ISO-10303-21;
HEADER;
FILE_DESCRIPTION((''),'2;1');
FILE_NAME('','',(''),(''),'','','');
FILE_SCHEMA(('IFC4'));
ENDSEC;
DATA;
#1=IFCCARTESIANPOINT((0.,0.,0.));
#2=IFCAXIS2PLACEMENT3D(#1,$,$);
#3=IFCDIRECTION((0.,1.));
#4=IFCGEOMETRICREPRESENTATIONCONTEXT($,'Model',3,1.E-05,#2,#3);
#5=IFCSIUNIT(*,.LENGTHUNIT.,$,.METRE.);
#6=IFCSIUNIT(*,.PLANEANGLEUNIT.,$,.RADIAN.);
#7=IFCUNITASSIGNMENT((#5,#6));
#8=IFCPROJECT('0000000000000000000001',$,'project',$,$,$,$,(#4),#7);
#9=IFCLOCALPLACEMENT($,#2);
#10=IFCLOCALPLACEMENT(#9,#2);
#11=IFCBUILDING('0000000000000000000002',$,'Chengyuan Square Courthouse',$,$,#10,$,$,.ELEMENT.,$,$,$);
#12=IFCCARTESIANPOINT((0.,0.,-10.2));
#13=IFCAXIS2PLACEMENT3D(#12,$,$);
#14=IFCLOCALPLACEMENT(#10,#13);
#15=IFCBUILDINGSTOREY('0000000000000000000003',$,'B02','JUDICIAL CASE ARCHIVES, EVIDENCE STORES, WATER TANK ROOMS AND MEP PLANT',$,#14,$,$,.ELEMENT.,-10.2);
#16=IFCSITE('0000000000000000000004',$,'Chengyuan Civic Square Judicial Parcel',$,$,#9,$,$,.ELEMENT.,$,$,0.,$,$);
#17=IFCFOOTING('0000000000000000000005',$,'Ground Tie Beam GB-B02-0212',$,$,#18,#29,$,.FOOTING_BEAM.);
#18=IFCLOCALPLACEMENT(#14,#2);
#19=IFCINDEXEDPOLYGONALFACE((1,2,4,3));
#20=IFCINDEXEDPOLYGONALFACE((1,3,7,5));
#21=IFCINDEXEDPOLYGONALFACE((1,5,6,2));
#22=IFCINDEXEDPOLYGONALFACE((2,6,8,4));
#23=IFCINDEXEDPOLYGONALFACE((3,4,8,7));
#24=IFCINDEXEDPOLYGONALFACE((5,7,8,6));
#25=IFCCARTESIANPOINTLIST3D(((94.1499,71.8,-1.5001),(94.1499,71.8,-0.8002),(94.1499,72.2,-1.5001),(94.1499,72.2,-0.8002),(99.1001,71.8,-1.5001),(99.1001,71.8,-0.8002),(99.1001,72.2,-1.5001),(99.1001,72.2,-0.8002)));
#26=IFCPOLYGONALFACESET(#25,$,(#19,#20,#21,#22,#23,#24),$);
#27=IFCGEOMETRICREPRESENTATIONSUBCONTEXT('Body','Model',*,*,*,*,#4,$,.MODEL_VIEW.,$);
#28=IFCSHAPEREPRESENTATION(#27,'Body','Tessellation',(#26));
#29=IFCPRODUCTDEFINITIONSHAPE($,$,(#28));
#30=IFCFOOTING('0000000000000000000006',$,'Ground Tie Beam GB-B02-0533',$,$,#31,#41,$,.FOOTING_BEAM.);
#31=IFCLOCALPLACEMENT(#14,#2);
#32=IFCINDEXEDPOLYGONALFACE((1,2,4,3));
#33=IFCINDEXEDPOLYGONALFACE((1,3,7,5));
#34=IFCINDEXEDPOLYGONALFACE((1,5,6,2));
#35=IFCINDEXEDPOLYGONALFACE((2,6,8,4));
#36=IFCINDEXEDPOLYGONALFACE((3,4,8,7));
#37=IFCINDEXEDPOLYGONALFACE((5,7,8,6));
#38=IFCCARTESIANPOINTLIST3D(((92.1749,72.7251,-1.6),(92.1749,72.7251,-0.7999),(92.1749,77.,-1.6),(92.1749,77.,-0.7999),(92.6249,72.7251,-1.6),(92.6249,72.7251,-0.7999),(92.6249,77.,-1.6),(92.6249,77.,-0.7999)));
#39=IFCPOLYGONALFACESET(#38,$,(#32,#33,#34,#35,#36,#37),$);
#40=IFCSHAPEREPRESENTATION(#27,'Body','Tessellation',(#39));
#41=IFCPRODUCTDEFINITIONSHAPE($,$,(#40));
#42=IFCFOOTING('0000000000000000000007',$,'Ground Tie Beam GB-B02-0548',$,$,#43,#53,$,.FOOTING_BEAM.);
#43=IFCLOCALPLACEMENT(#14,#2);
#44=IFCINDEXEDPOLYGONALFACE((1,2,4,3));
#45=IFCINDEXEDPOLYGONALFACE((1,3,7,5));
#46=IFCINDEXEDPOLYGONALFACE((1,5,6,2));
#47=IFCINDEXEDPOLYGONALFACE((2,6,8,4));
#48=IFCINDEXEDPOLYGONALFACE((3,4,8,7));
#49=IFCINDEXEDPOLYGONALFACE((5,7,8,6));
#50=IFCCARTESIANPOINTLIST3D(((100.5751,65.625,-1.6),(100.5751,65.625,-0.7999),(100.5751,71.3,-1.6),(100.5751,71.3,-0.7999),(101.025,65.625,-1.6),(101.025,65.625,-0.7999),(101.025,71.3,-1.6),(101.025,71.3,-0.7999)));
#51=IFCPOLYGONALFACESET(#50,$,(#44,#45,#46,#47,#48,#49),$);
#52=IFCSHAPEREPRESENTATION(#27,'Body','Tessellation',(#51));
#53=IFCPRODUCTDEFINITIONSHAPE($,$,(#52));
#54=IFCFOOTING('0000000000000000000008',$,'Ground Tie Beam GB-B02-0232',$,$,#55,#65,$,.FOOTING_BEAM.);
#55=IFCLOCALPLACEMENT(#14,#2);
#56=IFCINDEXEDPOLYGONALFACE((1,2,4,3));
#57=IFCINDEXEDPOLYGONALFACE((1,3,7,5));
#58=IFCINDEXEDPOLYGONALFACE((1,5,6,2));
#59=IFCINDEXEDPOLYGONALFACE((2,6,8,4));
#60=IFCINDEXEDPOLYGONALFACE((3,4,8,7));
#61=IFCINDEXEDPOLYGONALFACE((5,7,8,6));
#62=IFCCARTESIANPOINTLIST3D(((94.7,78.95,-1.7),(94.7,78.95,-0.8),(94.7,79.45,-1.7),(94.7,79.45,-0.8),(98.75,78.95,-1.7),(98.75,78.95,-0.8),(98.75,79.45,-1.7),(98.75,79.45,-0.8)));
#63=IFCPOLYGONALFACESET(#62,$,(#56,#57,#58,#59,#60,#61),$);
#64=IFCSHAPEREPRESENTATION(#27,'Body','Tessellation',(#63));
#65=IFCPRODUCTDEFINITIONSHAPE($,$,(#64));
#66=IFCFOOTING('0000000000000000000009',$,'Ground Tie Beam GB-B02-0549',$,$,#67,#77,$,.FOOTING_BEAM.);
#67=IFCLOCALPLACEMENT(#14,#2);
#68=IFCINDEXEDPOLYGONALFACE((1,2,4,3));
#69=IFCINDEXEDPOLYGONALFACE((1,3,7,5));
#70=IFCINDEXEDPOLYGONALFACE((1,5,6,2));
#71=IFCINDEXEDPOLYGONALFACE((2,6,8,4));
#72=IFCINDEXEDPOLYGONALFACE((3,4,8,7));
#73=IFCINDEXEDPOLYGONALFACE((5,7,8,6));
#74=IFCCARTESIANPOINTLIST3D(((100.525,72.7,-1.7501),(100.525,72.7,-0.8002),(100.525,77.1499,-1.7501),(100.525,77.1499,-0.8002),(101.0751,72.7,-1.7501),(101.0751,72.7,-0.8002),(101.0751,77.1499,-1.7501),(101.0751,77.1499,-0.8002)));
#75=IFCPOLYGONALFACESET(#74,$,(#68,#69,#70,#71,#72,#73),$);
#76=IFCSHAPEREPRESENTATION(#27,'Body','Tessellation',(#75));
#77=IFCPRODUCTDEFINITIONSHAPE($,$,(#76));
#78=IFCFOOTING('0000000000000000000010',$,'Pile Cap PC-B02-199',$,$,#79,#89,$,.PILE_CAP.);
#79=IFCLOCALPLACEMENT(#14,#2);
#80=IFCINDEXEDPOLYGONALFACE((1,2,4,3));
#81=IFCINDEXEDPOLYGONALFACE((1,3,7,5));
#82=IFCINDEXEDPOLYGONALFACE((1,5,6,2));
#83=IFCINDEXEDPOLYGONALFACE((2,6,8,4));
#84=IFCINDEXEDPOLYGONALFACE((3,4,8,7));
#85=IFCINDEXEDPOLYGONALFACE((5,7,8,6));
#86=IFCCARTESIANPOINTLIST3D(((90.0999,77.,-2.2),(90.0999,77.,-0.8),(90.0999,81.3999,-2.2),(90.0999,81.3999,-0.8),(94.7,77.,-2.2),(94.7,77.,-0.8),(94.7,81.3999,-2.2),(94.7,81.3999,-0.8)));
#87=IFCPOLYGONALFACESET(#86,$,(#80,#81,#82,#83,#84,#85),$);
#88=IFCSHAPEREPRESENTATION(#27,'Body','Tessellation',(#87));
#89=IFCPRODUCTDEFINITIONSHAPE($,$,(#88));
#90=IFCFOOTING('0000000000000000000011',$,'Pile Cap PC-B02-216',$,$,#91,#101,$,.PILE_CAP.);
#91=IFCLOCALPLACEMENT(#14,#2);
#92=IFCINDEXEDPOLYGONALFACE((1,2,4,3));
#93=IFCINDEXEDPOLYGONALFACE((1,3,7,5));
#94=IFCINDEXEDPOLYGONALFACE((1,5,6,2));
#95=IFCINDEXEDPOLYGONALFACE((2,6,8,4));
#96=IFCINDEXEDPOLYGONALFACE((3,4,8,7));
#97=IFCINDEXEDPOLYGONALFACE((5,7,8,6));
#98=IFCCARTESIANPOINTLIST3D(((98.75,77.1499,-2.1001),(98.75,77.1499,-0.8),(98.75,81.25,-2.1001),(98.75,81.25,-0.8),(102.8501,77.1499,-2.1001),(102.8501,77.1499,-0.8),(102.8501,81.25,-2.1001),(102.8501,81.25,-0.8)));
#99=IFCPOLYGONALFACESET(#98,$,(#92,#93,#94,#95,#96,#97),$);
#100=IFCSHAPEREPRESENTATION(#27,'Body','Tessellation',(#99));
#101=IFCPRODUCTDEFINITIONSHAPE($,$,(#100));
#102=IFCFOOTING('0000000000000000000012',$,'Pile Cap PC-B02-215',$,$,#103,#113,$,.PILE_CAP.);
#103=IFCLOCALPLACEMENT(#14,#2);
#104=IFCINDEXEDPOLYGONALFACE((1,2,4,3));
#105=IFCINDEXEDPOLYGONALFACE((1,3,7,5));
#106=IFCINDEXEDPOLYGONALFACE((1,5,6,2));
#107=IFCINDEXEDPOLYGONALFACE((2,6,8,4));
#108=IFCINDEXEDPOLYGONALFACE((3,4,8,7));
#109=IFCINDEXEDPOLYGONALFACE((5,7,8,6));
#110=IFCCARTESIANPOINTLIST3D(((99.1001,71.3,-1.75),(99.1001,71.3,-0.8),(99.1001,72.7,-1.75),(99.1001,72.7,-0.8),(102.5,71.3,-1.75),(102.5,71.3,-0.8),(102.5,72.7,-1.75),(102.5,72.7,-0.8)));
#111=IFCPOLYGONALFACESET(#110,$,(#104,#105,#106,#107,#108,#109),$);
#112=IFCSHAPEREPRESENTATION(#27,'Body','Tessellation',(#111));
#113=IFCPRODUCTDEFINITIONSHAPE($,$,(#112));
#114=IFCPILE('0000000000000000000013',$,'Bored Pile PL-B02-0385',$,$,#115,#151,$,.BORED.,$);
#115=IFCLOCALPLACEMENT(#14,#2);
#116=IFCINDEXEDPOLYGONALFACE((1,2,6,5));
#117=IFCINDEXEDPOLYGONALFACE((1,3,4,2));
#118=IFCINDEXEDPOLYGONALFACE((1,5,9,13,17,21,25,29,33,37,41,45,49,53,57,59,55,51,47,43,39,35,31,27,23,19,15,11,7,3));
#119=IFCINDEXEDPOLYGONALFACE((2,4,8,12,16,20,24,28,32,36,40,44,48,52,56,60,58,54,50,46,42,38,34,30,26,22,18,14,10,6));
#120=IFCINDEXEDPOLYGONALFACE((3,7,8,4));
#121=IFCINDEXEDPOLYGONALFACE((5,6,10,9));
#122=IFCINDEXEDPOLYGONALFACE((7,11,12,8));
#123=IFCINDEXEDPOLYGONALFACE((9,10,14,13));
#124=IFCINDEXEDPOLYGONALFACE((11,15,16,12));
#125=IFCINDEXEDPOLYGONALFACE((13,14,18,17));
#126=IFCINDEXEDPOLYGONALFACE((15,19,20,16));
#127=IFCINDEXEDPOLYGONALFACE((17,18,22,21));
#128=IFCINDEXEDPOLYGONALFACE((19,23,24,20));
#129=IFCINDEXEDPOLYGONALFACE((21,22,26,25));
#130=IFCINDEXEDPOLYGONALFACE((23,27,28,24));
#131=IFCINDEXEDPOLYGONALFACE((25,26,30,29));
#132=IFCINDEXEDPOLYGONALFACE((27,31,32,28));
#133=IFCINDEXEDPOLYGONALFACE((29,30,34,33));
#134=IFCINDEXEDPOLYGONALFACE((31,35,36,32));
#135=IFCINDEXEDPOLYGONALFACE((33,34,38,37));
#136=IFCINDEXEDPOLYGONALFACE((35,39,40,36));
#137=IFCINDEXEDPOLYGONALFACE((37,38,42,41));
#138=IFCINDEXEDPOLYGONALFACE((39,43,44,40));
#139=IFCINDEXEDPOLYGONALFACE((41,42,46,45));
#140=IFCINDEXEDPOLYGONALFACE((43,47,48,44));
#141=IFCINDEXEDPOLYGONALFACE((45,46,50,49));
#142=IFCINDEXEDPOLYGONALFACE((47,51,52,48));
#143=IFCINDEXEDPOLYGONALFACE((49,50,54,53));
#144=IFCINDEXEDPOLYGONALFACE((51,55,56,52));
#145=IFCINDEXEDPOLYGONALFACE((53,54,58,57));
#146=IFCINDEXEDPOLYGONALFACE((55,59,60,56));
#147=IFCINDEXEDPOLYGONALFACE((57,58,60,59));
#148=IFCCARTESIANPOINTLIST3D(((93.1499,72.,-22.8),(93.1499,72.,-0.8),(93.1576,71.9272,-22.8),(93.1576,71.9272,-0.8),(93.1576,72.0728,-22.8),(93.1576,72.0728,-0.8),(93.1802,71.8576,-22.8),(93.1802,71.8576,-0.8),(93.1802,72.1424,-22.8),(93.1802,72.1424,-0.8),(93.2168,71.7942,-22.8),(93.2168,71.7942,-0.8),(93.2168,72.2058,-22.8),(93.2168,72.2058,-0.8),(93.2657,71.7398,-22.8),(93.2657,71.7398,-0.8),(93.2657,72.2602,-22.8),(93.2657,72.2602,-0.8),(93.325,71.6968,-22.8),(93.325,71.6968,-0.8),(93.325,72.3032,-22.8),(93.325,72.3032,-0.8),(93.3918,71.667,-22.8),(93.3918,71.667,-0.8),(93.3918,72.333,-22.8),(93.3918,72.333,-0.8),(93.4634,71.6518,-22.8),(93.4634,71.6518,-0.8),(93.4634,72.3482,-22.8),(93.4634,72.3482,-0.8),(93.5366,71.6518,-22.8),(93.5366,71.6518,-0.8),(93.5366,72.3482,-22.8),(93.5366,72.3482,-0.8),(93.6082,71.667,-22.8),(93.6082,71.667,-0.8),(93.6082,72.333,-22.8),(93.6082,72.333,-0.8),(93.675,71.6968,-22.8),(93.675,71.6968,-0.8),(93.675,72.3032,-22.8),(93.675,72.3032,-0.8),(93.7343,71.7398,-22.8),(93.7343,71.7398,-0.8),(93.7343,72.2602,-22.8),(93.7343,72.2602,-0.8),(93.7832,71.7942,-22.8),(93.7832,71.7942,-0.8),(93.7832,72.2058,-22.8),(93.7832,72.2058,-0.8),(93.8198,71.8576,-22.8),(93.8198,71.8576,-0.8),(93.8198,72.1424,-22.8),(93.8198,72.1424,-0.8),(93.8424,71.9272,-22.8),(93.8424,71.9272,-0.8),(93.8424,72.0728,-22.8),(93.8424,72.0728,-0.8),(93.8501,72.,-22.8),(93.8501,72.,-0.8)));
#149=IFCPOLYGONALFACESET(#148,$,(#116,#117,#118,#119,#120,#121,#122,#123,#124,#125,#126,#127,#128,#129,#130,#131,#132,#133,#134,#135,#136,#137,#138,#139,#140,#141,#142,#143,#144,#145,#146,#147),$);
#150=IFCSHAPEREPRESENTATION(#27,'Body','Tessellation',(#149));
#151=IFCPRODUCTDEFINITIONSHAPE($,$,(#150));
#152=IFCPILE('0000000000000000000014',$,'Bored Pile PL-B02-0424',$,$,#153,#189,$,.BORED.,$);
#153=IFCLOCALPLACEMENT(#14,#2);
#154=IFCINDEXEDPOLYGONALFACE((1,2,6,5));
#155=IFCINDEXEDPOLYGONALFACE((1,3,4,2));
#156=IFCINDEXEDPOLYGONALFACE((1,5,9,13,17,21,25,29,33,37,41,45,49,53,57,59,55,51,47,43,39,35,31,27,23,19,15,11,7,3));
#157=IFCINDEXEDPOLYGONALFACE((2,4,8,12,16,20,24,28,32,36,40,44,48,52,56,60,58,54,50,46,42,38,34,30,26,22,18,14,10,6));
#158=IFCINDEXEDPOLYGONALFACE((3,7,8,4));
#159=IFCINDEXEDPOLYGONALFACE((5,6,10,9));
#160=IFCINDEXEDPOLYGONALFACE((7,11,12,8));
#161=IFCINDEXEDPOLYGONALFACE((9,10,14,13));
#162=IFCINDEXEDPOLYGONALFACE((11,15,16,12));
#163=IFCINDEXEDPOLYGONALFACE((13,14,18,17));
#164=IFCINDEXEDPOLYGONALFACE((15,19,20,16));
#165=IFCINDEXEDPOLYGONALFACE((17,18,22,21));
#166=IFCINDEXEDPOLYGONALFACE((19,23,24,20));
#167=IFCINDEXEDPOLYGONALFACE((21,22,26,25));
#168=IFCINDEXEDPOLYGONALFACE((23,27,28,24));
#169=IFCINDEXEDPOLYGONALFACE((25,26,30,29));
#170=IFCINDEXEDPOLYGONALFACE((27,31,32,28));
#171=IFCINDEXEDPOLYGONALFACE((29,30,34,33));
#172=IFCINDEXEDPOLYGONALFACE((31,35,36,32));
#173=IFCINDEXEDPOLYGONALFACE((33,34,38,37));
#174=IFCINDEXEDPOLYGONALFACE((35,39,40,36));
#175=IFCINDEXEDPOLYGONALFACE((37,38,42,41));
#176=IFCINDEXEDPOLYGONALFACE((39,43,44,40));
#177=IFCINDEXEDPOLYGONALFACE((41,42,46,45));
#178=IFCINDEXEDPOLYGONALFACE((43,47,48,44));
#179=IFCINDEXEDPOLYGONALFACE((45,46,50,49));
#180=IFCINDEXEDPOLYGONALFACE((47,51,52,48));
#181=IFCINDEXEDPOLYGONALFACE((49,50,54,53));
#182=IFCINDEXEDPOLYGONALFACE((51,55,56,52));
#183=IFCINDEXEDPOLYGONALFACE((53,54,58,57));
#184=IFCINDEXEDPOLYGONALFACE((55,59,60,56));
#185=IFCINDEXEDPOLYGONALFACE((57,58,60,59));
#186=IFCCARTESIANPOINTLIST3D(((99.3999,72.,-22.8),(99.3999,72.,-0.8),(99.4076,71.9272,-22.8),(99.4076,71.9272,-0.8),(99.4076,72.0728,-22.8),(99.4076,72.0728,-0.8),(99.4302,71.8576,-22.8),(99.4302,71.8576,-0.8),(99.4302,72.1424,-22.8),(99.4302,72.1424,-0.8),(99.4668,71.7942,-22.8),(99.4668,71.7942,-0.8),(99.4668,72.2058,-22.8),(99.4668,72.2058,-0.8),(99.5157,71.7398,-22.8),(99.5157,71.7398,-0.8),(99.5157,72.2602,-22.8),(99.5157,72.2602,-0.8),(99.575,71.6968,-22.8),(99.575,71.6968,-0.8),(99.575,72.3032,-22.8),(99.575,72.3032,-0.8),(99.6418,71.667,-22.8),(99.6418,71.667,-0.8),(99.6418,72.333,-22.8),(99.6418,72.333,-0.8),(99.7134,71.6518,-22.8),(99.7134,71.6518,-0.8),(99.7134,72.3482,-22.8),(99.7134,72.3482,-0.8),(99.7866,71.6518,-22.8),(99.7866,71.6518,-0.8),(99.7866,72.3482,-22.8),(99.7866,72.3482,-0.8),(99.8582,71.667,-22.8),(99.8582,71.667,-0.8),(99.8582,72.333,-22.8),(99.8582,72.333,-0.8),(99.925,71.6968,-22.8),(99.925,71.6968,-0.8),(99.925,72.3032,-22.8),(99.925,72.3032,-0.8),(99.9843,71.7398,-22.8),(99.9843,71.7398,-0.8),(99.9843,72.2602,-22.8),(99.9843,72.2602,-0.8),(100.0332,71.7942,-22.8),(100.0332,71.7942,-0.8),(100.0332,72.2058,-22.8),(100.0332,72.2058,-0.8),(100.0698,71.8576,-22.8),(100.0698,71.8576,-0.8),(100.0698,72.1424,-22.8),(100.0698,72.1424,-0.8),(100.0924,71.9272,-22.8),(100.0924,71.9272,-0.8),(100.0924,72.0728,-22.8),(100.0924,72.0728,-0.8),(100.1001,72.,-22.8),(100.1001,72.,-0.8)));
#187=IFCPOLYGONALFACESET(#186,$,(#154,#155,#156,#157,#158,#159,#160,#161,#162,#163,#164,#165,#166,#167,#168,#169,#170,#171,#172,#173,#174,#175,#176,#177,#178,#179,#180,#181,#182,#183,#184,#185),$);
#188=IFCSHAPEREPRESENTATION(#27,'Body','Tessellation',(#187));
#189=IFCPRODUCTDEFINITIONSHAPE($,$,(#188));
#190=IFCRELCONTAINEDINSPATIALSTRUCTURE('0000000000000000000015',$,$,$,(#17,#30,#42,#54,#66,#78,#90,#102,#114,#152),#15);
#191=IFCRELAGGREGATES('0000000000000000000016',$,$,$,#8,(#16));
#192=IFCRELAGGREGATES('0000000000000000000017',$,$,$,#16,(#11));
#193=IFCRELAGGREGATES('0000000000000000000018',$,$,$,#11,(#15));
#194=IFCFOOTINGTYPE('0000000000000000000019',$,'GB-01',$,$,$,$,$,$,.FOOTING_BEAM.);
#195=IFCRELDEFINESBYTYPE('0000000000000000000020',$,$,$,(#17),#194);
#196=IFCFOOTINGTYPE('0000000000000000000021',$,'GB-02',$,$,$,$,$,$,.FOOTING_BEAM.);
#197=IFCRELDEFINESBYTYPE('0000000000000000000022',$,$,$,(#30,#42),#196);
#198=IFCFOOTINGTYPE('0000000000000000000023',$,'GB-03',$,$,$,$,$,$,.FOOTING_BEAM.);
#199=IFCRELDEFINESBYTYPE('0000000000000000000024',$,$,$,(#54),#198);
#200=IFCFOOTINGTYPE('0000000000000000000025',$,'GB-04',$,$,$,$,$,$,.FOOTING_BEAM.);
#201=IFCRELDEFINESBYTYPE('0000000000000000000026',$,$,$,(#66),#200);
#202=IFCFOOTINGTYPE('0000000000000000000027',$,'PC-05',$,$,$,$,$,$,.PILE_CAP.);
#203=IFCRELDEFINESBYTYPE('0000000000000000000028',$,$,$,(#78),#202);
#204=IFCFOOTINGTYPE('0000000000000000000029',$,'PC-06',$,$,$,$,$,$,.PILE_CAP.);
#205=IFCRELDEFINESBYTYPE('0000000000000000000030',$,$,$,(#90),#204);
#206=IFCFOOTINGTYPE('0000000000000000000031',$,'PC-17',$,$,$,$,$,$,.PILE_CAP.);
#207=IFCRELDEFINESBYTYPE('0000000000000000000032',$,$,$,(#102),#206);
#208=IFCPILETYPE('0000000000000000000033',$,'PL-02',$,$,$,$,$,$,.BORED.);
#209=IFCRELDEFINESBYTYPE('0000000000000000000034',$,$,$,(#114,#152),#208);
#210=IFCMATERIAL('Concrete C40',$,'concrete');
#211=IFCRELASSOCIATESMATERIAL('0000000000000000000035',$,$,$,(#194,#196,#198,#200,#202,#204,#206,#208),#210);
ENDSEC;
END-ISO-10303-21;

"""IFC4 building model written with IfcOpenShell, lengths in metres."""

from ifc_helpers import new_model, si_unit, direction, frame, origin, origin_2d, place, context, subcontext, project, spatial, rectangle, circle, extrude, material, material_profile, profile_set, type_object, element, save


model = new_model("IFC4")

# Units and contexts
model_context = context("Model", 3, precision=1e-05, world=origin(), true_north=direction((0.0, 1.0)))
body_context = subcontext(model_context, "Body", "Model", "MODEL_VIEW")
ifc_project = project(units=[si_unit("LENGTHUNIT", "METRE"), si_unit("PLANEANGLEUNIT", "RADIAN")], contexts=[model_context])

# Site, building, storey
site_placement = place(None, origin())
site = spatial("IfcSite", under=ifc_project, at=site_placement, Name="Chengyuan Civic Square Judicial Parcel", CompositionType="ELEMENT", RefElevation=0.0)
building_placement = place(site_placement, origin())
building = spatial("IfcBuilding", under=site, at=building_placement, Name="Chengyuan Square Courthouse", CompositionType="ELEMENT")
storey_placement = place(building_placement, frame((0.0, 0.0, -10.2)))
storey = spatial("IfcBuildingStorey", under=building, at=storey_placement, Name="B02", Description="JUDICIAL CASE ARCHIVES, EVIDENCE STORES, WATER TANK ROOMS AND MEP PLANT", CompositionType="ELEMENT", Elevation=-10.2)

# Footings
ifc_material_1 = material(Name="Concrete C40", Category="concrete")
ifc_material_profile_1 = material_profile(ifc_material_1, rectangle(XDim=0.3999, YDim=0.7, at=origin_2d()), Name="GB-400x700")
ifc_profile_set_1 = profile_set([ifc_material_profile_1], Name="Concrete C40")
footing_type_1 = type_object("IfcFootingType", Name="GB-01", PredefinedType="FOOTING_BEAM", material=ifc_profile_set_1)
footing_1_placement = place(storey_placement, frame((94.1499, 72.0, -1.1501), z_axis=(1.0, 0.0, 0.0), x_axis=(0.0, 1.0, 0.0)))
element("IfcFooting", 1, at=footing_1_placement, inside=storey, type_object=footing_type_1, Name="Ground Tie Beam GB-B02-0212", PredefinedType="FOOTING_BEAM", context=body_context, shape_type="SweptSolid", body=[
    extrude(rectangle(XDim=0.3999, YDim=0.7, at=origin_2d()), origin(), (0.0, 0.0, 1.0), 4.9502),
])
ifc_material_profile_2 = material_profile(ifc_material_1, rectangle(XDim=0.45, YDim=0.8, at=origin_2d()), Name="GB-450x800")
ifc_profile_set_2 = profile_set([ifc_material_profile_2], Name="Concrete C40")
footing_type_2 = type_object("IfcFootingType", Name="GB-02", PredefinedType="FOOTING_BEAM", material=ifc_profile_set_2)
footing_2_placement = place(storey_placement, frame((92.3999, 72.7251, -1.2), z_axis=(0.0, 1.0, 0.0), x_axis=(-1.0, 0.0, 0.0)))
element("IfcFooting", 2, at=footing_2_placement, inside=storey, type_object=footing_type_2, Name="Ground Tie Beam GB-B02-0533", PredefinedType="FOOTING_BEAM", context=body_context, shape_type="SweptSolid", body=[
    extrude(rectangle(XDim=0.45, YDim=0.8, at=origin_2d()), origin(), (0.0, 0.0, 1.0), 4.2749),
])
footing_3_placement = place(storey_placement, frame((100.8, 65.625, -1.2), z_axis=(0.0, 1.0, 0.0), x_axis=(-1.0, 0.0, 0.0)))
element("IfcFooting", 3, at=footing_3_placement, inside=storey, type_object=footing_type_2, Name="Ground Tie Beam GB-B02-0548", PredefinedType="FOOTING_BEAM", context=body_context, shape_type="SweptSolid", body=[
    extrude(rectangle(XDim=0.45, YDim=0.8, at=origin_2d()), origin(), (0.0, 0.0, 1.0), 5.675),
])
ifc_material_profile_3 = material_profile(ifc_material_1, rectangle(XDim=0.5, YDim=0.8999, at=origin_2d()), Name="GB-500x900")
ifc_profile_set_3 = profile_set([ifc_material_profile_3], Name="Concrete C40")
footing_type_3 = type_object("IfcFootingType", Name="GB-03", PredefinedType="FOOTING_BEAM", material=ifc_profile_set_3)
footing_4_placement = place(storey_placement, frame((94.7, 79.2, -1.25), z_axis=(1.0, 0.0, 0.0), x_axis=(0.0, 1.0, 0.0)))
element("IfcFooting", 4, at=footing_4_placement, inside=storey, type_object=footing_type_3, Name="Ground Tie Beam GB-B02-0232", PredefinedType="FOOTING_BEAM", context=body_context, shape_type="SweptSolid", body=[
    extrude(rectangle(XDim=0.5, YDim=0.8999, at=origin_2d()), origin(), (0.0, 0.0, 1.0), 4.05),
])
ifc_material_profile_4 = material_profile(ifc_material_1, rectangle(XDim=0.55, YDim=0.95, at=origin_2d()), Name="GB-550x950")
ifc_profile_set_4 = profile_set([ifc_material_profile_4], Name="Concrete C40")
footing_type_4 = type_object("IfcFootingType", Name="GB-04", PredefinedType="FOOTING_BEAM", material=ifc_profile_set_4)
footing_5_placement = place(storey_placement, frame((100.8, 72.7, -1.2751), z_axis=(0.0, 1.0, 0.0), x_axis=(-1.0, 0.0, 0.0)))
element("IfcFooting", 5, at=footing_5_placement, inside=storey, type_object=footing_type_4, Name="Ground Tie Beam GB-B02-0549", PredefinedType="FOOTING_BEAM", context=body_context, shape_type="SweptSolid", body=[
    extrude(rectangle(XDim=0.55, YDim=0.95, at=origin_2d()), origin(), (0.0, 0.0, 1.0), 4.45),
])
footing_type_5 = type_object("IfcFootingType", Name="PC-05", PredefinedType="PILE_CAP", material=ifc_material_1)
footing_6_placement = place(storey_placement, frame((92.3999, 79.2, -2.2), z_axis=(0.0, 0.0, 1.0), x_axis=(1.0, 0.0, 0.0)))
element("IfcFooting", 6, at=footing_6_placement, inside=storey, type_object=footing_type_5, Name="Pile Cap PC-B02-199", PredefinedType="PILE_CAP", context=body_context, shape_type="SweptSolid", body=[
    extrude(rectangle(XDim=4.6001, YDim=4.3999, at=origin_2d()), origin(), (0.0, 0.0, 1.0), 1.3999),
])
footing_type_6 = type_object("IfcFootingType", Name="PC-06", PredefinedType="PILE_CAP", material=ifc_material_1)
footing_7_placement = place(storey_placement, frame((100.8, 79.2, -2.1001), z_axis=(0.0, 0.0, 1.0), x_axis=(1.0, 0.0, 0.0)))
element("IfcFooting", 7, at=footing_7_placement, inside=storey, type_object=footing_type_6, Name="Pile Cap PC-B02-216", PredefinedType="PILE_CAP", context=body_context, shape_type="SweptSolid", body=[
    extrude(rectangle(XDim=4.1001, YDim=4.1001, at=origin_2d()), origin(), (0.0, 0.0, 1.0), 1.3),
])
footing_type_7 = type_object("IfcFootingType", Name="PC-17", PredefinedType="PILE_CAP", material=ifc_material_1)
footing_8_placement = place(storey_placement, frame((100.8, 72.0, -1.75), z_axis=(0.0, 0.0, 1.0), x_axis=(1.0, 0.0, 0.0)))
element("IfcFooting", 8, at=footing_8_placement, inside=storey, type_object=footing_type_7, Name="Pile Cap PC-B02-215", PredefinedType="PILE_CAP", context=body_context, shape_type="SweptSolid", body=[
    extrude(rectangle(XDim=3.3999, YDim=1.3999, at=origin_2d()), origin(), (0.0, 0.0, 1.0), 0.95),
])

# Piles
ifc_material_profile_5 = material_profile(ifc_material_1, circle(Radius=0.3501, at=origin_2d()), Name="BORED PILE D700")
ifc_profile_set_5 = profile_set([ifc_material_profile_5], Name="Concrete C40")
pile_type_1 = type_object("IfcPileType", Name="PL-02", PredefinedType="BORED", material=ifc_profile_set_5)
for number, where, z_axis, x_axis, name in (
    (9, (93.5, 72.0, -0.8), (0.0, 0.0, -1.0), (1.0, 0.0, 0.0), "Bored Pile PL-B02-0385"),
    (10, (99.75, 72.0, -0.8), (0.0, 0.0, -1.0), (1.0, 0.0, 0.0), "Bored Pile PL-B02-0424"),
):
    element("IfcPile", number, at=place(storey_placement, frame(where, z_axis=z_axis, x_axis=x_axis)), inside=storey, type_object=pile_type_1, Name=name, PredefinedType="BORED", context=body_context, shape_type="SweptSolid", body=[
        extrude(circle(Radius=0.3501, at=origin_2d()), origin(), (0.0, 0.0, 1.0), 22.0),
    ])

save(model, "model.ifc")
